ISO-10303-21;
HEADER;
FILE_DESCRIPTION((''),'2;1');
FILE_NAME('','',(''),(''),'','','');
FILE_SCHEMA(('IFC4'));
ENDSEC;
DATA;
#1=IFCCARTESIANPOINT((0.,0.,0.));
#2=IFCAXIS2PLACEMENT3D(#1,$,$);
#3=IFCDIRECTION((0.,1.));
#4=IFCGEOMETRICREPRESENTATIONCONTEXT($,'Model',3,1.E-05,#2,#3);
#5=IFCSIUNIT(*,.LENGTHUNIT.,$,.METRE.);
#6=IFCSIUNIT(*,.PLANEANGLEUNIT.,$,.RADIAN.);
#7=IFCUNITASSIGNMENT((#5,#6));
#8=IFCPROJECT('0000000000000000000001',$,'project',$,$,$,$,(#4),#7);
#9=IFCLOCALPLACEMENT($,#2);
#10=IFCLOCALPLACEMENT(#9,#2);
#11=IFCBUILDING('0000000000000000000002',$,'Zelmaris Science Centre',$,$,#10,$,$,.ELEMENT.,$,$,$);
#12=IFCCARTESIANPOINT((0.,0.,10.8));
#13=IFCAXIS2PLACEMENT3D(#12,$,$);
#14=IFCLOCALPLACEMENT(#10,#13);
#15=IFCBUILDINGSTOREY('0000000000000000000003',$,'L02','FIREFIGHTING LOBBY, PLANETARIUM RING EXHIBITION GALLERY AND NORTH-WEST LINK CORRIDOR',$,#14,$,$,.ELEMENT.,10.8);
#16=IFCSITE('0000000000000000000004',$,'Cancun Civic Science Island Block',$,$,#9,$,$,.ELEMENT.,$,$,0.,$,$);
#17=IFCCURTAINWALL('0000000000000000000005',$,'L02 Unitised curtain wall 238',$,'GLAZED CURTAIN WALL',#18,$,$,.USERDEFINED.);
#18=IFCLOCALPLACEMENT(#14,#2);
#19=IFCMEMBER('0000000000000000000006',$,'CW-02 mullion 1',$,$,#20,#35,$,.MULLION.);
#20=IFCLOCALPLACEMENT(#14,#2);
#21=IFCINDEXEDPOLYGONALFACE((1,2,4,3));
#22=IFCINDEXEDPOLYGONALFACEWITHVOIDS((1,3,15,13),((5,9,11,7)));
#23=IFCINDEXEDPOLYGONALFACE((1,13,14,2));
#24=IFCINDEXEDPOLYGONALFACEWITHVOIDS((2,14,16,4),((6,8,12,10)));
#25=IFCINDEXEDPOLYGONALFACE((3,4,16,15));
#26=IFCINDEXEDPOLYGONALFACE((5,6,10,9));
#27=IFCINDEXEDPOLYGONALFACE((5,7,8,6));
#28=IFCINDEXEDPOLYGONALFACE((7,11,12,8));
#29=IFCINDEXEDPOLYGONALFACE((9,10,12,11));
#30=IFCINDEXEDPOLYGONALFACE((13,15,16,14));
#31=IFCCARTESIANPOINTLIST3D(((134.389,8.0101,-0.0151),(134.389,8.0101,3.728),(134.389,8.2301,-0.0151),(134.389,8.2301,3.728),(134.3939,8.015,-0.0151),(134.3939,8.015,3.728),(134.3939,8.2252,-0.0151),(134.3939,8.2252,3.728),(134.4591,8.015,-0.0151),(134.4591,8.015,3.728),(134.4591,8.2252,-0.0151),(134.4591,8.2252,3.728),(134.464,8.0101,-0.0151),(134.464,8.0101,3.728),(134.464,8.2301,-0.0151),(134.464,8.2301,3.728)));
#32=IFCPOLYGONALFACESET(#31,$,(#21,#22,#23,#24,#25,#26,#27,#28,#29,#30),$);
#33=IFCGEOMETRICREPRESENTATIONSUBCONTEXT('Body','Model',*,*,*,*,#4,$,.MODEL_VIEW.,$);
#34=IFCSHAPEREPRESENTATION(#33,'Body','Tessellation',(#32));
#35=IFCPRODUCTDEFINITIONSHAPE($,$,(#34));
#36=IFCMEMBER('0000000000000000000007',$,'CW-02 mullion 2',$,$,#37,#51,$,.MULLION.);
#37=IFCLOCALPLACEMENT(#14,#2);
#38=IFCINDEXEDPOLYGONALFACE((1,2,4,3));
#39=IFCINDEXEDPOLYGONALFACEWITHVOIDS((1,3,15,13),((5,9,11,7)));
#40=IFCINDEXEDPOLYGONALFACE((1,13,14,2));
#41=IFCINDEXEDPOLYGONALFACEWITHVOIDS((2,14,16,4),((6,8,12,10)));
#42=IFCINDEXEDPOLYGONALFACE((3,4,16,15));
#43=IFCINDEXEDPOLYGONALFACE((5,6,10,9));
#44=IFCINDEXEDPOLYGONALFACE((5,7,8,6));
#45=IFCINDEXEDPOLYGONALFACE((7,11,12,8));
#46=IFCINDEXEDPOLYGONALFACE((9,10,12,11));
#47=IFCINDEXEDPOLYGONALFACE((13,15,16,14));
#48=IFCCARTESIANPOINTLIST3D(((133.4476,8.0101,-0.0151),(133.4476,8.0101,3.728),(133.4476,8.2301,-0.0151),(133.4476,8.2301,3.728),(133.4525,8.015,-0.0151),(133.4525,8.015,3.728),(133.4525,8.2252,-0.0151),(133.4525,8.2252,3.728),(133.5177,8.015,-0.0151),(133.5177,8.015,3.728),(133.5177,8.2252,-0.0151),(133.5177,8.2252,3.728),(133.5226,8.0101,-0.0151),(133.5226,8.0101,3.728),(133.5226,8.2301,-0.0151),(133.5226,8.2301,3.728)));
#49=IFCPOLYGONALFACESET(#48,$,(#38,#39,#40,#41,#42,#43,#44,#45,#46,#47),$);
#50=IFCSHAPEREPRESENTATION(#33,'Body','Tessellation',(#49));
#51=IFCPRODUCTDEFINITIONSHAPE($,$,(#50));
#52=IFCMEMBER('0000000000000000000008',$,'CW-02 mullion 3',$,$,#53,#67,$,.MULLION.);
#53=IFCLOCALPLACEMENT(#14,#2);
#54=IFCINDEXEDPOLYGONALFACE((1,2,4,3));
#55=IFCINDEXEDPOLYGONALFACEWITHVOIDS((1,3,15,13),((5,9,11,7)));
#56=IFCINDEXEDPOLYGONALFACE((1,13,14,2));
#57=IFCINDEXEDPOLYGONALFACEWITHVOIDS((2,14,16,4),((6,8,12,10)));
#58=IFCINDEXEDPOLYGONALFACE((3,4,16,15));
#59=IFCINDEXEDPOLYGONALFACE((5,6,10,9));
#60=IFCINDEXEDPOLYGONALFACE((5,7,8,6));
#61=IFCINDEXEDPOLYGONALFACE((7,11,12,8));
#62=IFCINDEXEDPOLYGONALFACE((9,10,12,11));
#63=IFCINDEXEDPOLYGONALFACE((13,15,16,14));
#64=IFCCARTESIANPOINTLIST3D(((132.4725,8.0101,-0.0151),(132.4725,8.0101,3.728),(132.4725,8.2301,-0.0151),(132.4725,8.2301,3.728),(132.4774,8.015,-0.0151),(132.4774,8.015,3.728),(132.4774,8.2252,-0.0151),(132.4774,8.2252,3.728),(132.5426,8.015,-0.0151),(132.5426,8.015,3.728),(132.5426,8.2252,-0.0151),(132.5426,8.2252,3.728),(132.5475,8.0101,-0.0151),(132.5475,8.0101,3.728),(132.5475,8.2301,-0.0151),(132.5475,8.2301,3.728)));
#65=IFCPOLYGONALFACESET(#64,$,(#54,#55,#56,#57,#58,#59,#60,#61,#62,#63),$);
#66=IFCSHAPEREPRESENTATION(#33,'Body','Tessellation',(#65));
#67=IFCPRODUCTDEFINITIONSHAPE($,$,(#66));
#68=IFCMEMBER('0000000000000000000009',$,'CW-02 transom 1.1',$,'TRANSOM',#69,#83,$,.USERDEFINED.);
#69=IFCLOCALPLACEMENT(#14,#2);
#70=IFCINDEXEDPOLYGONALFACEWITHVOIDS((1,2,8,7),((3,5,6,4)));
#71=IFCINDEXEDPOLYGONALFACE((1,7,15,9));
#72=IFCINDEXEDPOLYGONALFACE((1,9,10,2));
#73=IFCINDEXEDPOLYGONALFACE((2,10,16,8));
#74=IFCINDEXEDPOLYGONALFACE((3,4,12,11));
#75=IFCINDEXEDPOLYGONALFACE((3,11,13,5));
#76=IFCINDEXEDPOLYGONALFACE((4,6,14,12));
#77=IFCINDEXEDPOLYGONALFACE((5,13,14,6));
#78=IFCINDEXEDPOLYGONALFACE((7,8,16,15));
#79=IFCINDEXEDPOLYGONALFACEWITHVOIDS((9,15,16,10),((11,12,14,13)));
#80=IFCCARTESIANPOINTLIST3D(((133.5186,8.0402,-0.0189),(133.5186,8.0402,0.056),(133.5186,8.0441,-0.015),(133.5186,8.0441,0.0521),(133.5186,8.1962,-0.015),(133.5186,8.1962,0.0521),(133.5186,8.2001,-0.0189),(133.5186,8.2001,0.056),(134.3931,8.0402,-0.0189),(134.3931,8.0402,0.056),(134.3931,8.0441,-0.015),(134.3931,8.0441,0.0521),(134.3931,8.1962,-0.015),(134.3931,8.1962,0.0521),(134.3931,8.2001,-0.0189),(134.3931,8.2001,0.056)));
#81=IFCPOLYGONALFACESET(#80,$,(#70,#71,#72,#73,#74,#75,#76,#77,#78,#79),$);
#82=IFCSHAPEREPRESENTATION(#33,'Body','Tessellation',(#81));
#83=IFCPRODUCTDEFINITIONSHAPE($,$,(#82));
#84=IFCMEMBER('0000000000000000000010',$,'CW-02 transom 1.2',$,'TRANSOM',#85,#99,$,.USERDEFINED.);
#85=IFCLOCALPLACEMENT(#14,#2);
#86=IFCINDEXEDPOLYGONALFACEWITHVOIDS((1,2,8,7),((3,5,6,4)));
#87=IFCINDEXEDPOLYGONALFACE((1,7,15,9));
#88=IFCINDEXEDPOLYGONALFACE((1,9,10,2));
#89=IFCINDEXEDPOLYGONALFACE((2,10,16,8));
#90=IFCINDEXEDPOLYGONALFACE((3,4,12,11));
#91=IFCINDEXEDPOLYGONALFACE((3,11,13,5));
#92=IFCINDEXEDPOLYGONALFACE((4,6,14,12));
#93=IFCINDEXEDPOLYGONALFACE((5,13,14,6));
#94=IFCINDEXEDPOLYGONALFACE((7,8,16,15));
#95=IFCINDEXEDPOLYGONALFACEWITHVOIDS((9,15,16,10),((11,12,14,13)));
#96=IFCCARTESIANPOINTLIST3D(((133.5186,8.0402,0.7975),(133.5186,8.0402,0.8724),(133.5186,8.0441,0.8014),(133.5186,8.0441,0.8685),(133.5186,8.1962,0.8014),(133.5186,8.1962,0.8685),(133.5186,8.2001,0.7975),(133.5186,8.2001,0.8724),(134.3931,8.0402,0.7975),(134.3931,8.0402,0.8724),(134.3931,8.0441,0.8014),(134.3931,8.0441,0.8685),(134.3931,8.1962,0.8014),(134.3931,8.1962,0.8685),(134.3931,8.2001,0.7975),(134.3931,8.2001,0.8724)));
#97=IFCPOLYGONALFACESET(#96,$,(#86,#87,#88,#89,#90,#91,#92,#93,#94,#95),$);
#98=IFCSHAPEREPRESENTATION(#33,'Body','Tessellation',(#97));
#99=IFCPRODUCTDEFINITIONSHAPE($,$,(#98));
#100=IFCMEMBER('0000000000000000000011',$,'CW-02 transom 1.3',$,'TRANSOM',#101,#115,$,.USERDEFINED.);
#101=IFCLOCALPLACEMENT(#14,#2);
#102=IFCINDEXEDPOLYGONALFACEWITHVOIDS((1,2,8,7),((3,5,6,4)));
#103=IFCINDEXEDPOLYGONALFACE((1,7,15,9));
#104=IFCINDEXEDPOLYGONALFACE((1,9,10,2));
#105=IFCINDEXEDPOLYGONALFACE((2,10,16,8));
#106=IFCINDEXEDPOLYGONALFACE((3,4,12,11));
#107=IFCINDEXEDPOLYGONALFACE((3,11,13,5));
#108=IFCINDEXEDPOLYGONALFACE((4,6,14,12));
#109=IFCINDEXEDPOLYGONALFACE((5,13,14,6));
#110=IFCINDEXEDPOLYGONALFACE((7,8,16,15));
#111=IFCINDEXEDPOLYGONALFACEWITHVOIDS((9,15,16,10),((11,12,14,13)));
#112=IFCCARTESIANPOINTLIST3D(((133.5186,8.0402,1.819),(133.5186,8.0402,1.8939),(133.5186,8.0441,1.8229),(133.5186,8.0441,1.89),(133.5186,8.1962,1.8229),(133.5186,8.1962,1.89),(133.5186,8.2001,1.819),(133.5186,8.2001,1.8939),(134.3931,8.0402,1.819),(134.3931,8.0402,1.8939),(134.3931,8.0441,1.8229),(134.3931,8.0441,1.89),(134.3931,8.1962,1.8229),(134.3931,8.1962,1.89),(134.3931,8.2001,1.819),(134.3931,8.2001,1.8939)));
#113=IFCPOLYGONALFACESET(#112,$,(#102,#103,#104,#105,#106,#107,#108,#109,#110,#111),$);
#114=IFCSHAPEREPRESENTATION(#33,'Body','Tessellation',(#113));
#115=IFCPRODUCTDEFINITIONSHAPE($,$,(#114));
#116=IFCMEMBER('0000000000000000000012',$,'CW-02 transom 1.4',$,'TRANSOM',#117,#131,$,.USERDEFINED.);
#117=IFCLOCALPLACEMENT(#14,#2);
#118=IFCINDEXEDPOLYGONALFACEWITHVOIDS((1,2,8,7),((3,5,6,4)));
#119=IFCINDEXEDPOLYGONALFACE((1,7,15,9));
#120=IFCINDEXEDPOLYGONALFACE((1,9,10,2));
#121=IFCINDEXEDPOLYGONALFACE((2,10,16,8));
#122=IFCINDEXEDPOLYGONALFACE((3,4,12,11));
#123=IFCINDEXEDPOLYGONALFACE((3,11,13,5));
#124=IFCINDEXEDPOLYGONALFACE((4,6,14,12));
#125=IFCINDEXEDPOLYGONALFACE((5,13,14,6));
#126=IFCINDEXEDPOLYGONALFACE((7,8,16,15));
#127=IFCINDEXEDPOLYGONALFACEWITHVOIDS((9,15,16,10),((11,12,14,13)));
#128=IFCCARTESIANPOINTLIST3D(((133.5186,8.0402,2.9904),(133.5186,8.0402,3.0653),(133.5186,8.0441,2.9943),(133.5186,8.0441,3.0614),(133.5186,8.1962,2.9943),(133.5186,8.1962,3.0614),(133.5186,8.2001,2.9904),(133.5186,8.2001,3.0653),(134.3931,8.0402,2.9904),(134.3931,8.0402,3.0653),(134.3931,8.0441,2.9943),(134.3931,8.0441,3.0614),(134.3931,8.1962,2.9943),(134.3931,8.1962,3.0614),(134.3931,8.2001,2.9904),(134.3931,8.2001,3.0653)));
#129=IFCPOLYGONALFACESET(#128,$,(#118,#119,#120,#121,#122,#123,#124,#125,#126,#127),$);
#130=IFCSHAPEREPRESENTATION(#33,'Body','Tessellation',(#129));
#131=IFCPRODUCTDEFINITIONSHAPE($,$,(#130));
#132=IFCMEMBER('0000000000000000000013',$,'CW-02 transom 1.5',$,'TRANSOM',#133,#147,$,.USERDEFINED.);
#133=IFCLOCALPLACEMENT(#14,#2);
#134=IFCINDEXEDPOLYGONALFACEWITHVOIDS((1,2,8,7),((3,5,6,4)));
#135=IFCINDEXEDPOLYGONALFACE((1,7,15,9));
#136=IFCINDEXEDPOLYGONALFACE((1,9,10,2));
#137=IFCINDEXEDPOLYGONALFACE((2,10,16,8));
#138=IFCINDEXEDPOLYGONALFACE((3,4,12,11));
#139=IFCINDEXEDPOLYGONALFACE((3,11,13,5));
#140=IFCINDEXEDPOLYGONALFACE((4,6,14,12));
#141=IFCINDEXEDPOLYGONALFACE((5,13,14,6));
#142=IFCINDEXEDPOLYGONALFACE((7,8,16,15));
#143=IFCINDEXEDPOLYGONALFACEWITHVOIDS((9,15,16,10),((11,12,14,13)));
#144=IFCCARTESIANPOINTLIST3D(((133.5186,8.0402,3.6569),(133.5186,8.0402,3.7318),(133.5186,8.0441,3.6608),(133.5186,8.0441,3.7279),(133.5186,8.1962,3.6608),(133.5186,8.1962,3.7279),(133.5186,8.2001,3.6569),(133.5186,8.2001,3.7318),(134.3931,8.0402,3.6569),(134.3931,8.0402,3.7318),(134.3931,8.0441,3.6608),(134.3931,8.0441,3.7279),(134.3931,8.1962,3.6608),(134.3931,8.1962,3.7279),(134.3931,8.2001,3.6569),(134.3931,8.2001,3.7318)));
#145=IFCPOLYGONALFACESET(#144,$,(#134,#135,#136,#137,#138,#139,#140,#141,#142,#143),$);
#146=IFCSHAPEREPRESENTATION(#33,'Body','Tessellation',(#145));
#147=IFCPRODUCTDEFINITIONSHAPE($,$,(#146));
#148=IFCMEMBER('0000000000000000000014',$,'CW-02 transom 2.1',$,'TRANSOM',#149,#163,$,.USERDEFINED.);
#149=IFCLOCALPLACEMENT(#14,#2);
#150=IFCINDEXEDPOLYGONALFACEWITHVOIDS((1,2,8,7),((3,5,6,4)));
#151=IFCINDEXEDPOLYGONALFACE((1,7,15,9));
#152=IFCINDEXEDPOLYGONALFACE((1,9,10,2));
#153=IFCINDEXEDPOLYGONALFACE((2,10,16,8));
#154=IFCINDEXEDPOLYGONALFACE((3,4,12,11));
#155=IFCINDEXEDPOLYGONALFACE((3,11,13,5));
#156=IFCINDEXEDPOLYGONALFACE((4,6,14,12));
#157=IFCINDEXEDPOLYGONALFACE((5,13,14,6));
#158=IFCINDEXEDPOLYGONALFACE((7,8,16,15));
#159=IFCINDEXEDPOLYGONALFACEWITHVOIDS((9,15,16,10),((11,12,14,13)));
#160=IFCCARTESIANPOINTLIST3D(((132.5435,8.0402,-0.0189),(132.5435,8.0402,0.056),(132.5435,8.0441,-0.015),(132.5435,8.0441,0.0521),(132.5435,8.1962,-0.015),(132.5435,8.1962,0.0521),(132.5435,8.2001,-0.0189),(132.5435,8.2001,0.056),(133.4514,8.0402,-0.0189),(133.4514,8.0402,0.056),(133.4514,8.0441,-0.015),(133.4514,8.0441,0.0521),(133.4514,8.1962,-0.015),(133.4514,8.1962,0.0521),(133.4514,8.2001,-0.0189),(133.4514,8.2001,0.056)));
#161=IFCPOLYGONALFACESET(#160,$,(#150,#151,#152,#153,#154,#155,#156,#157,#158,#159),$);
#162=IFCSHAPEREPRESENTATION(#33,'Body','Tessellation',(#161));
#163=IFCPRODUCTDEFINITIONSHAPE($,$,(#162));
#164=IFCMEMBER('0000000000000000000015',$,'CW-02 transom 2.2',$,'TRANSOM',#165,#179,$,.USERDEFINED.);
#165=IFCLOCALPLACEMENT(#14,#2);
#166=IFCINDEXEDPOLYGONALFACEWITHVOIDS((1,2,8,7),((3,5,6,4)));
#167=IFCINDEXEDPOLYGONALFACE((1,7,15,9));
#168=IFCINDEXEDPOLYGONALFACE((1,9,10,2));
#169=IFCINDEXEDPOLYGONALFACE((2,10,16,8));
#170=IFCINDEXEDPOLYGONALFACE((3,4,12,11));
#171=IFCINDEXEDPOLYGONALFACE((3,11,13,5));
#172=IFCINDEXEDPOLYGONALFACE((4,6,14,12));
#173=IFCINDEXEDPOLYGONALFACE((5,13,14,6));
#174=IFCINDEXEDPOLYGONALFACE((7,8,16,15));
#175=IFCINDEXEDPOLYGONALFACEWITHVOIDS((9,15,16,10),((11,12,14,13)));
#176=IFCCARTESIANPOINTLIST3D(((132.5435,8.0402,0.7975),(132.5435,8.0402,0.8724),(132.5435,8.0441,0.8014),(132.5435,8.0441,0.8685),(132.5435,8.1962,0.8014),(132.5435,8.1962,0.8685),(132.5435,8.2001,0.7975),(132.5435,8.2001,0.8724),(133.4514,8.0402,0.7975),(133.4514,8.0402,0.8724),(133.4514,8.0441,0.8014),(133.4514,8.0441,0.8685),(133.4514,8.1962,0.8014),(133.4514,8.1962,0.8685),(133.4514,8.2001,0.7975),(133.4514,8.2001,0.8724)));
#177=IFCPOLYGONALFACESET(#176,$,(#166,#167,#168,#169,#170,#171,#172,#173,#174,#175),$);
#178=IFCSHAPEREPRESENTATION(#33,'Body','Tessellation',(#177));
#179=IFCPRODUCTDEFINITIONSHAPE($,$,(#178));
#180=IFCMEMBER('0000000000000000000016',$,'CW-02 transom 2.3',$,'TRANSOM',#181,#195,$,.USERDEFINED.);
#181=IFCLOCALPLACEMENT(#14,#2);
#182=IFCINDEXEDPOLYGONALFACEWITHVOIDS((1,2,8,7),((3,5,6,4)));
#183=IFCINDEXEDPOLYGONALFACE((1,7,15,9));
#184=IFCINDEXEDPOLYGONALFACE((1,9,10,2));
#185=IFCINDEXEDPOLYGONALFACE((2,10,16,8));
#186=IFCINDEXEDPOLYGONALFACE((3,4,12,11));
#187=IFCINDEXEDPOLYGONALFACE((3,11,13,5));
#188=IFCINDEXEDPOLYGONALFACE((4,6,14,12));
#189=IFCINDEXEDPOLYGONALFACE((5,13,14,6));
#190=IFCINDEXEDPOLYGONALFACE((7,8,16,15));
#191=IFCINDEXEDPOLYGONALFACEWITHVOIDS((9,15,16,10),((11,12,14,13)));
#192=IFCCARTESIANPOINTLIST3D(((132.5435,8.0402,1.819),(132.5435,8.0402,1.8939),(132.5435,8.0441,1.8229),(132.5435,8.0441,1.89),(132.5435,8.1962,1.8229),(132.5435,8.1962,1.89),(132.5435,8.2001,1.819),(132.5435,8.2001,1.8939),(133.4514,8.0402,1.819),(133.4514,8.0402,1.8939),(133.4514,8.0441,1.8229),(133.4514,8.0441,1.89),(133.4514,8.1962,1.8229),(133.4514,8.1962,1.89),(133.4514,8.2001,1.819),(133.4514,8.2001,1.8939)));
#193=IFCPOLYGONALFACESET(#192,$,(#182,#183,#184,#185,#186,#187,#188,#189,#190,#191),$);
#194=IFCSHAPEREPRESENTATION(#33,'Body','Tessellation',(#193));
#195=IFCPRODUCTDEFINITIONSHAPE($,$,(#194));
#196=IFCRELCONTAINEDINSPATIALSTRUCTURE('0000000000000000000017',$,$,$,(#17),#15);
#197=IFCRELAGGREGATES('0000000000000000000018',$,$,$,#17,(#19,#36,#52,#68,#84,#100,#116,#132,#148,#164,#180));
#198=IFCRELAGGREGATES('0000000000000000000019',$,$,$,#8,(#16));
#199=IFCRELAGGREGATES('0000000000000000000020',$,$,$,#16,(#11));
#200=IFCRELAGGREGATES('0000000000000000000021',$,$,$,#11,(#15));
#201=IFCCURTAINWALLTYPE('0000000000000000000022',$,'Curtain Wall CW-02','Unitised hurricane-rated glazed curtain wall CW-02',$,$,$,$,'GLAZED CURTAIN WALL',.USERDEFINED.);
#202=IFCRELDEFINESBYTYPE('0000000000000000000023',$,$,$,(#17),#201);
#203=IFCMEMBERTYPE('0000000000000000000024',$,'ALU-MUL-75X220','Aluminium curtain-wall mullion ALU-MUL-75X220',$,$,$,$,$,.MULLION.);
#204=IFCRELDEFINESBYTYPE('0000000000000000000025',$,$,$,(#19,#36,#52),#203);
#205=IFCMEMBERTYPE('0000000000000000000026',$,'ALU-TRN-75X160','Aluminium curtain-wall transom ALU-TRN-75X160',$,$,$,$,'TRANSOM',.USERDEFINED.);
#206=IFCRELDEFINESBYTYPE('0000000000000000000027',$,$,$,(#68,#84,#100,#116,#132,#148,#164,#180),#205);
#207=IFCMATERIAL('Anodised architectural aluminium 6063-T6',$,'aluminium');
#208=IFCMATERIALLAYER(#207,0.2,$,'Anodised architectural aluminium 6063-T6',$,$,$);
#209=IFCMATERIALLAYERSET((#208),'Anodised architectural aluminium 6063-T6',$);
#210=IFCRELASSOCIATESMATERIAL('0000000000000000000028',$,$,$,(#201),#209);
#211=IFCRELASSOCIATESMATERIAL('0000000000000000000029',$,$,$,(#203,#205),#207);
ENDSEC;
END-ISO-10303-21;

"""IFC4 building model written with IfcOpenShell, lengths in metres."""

from ifc_helpers import new_model, si_unit, direction, frame, origin, origin_2d, place, context, subcontext, project, spatial, hollow_rectangle, extrude, material, layer, layer_set, material_profile, profile_set, type_object, element, aggregate, save


model = new_model("IFC4")

# Units and contexts
model_context = context("Model", 3, precision=1e-05, world=origin(), true_north=direction((0.0, 1.0)))
body_context = subcontext(model_context, "Body", "Model", "MODEL_VIEW")
ifc_project = project(units=[si_unit("LENGTHUNIT", "METRE"), si_unit("PLANEANGLEUNIT", "RADIAN")], contexts=[model_context])

# Site, building, storey
site_placement = place(None, origin())
site = spatial("IfcSite", under=ifc_project, at=site_placement, Name="Cancun Civic Science Island Block", CompositionType="ELEMENT", RefElevation=0.0)
building_placement = place(site_placement, origin())
building = spatial("IfcBuilding", under=site, at=building_placement, Name="Zelmaris Science Centre", CompositionType="ELEMENT")
storey_placement = place(building_placement, frame((0.0, 0.0, 10.8)))
storey = spatial("IfcBuildingStorey", under=building, at=storey_placement, Name="L02", Description="FIREFIGHTING LOBBY, PLANETARIUM RING EXHIBITION GALLERY AND NORTH-WEST LINK CORRIDOR", CompositionType="ELEMENT", Elevation=10.8)

# Curtain wall, members
ifc_material_1 = material(Name="Anodised architectural aluminium 6063-T6", Category="aluminium")
ifc_layer_1 = layer(ifc_material_1, 0.2, Name="Anodised architectural aluminium 6063-T6")
ifc_layer_set_1 = layer_set([ifc_layer_1], Name="Anodised architectural aluminium 6063-T6")
curtain_wall_type = type_object("IfcCurtainWallType", Name="Curtain Wall CW-02", Description="Unitised hurricane-rated glazed curtain wall CW-02", ElementType="GLAZED CURTAIN WALL", PredefinedType="USERDEFINED", material=ifc_layer_set_1)
curtain_wall_placement = place(storey_placement, origin())
curtain_wall = element("IfcCurtainWall", 1, at=curtain_wall_placement, inside=storey, type_object=curtain_wall_type, Name="L02 Unitised curtain wall 238", ObjectType="GLAZED CURTAIN WALL", PredefinedType="USERDEFINED")
ifc_material_profile_1 = material_profile(ifc_material_1, hollow_rectangle(XDim=0.075, YDim=0.22, WallThickness=0.0049, at=origin_2d()), Name="ALU-MUL-75X220")
ifc_profile_set_1 = profile_set([ifc_material_profile_1], Name="Anodised architectural aluminium 6063-T6")
member_type_1 = type_object("IfcMemberType", Name="ALU-MUL-75X220", Description="Aluminium curtain-wall mullion ALU-MUL-75X220", PredefinedType="MULLION", material=ifc_profile_set_1)
member_1_placement = place(storey_placement, frame((134.4265, 8.1201, -0.0151), z_axis=(0.0, 0.0, 1.0), x_axis=(-1.0, 0.0, 0.0)))
member_1 = element("IfcMember", 2, at=member_1_placement, type_object=member_type_1, Name="CW-02 mullion 1", PredefinedType="MULLION", context=body_context, shape_type="SweptSolid", body=[
    extrude(hollow_rectangle(XDim=0.075, YDim=0.22, WallThickness=0.0049, at=origin_2d()), origin(), (0.0, 0.0, 1.0), 3.7432),
])
member_2_placement = place(storey_placement, frame((133.4851, 8.1201, -0.0151), z_axis=(0.0, 0.0, 1.0), x_axis=(-1.0, 0.0, 0.0)))
member_2 = element("IfcMember", 3, at=member_2_placement, type_object=member_type_1, Name="CW-02 mullion 2", PredefinedType="MULLION", context=body_context, shape_type="SweptSolid", body=[
    extrude(hollow_rectangle(XDim=0.075, YDim=0.22, WallThickness=0.0049, at=origin_2d()), origin(), (0.0, 0.0, 1.0), 3.7432),
])
member_3_placement = place(storey_placement, frame((132.51, 8.1201, -0.0151), z_axis=(0.0, 0.0, 1.0), x_axis=(-1.0, 0.0, 0.0)))
member_3 = element("IfcMember", 4, at=member_3_placement, type_object=member_type_1, Name="CW-02 mullion 3", PredefinedType="MULLION", context=body_context, shape_type="SweptSolid", body=[
    extrude(hollow_rectangle(XDim=0.075, YDim=0.22, WallThickness=0.0049, at=origin_2d()), origin(), (0.0, 0.0, 1.0), 3.7432),
])
ifc_material_profile_2 = material_profile(ifc_material_1, hollow_rectangle(XDim=0.075, YDim=0.1599, WallThickness=0.0039, at=origin_2d()), Name="ALU-TRN-75X160")
ifc_profile_set_2 = profile_set([ifc_material_profile_2], Name="Anodised architectural aluminium 6063-T6")
member_type_2 = type_object("IfcMemberType", Name="ALU-TRN-75X160", Description="Aluminium curtain-wall transom ALU-TRN-75X160", ElementType="TRANSOM", PredefinedType="USERDEFINED", material=ifc_profile_set_2)
member_4_placement = place(storey_placement, frame((134.3931, 8.1201, 0.0186), z_axis=(-1.0, 0.0, 0.0), x_axis=(0.0, 0.0, 1.0)))
member_4 = element("IfcMember", 5, at=member_4_placement, type_object=member_type_2, Name="CW-02 transom 1.1", ObjectType="TRANSOM", PredefinedType="USERDEFINED", context=body_context, shape_type="SweptSolid", body=[
    extrude(hollow_rectangle(XDim=0.075, YDim=0.1599, WallThickness=0.0039, at=origin_2d()), origin(), (0.0, 0.0, 1.0), 0.8745),
])
member_5_placement = place(storey_placement, frame((134.3931, 8.1201, 0.835), z_axis=(-1.0, 0.0, 0.0), x_axis=(0.0, 0.0, 1.0)))
member_5 = element("IfcMember", 6, at=member_5_placement, type_object=member_type_2, Name="CW-02 transom 1.2", ObjectType="TRANSOM", PredefinedType="USERDEFINED", context=body_context, shape_type="SweptSolid", body=[
    extrude(hollow_rectangle(XDim=0.075, YDim=0.1599, WallThickness=0.0039, at=origin_2d()), origin(), (0.0, 0.0, 1.0), 0.8745),
])
member_6_placement = place(storey_placement, frame((134.3931, 8.1201, 1.8564), z_axis=(-1.0, 0.0, 0.0), x_axis=(0.0, 0.0, 1.0)))
member_6 = element("IfcMember", 7, at=member_6_placement, type_object=member_type_2, Name="CW-02 transom 1.3", ObjectType="TRANSOM", PredefinedType="USERDEFINED", context=body_context, shape_type="SweptSolid", body=[
    extrude(hollow_rectangle(XDim=0.075, YDim=0.1599, WallThickness=0.0039, at=origin_2d()), origin(), (0.0, 0.0, 1.0), 0.8745),
])
member_7_placement = place(storey_placement, frame((134.3931, 8.1201, 3.0278), z_axis=(-1.0, 0.0, 0.0), x_axis=(0.0, 0.0, 1.0)))
member_7 = element("IfcMember", 8, at=member_7_placement, type_object=member_type_2, Name="CW-02 transom 1.4", ObjectType="TRANSOM", PredefinedType="USERDEFINED", context=body_context, shape_type="SweptSolid", body=[
    extrude(hollow_rectangle(XDim=0.075, YDim=0.1599, WallThickness=0.0039, at=origin_2d()), origin(), (0.0, 0.0, 1.0), 0.8745),
])
member_8_placement = place(storey_placement, frame((134.3931, 8.1201, 3.6943), z_axis=(-1.0, 0.0, 0.0), x_axis=(0.0, 0.0, 1.0)))
member_8 = element("IfcMember", 9, at=member_8_placement, type_object=member_type_2, Name="CW-02 transom 1.5", ObjectType="TRANSOM", PredefinedType="USERDEFINED", context=body_context, shape_type="SweptSolid", body=[
    extrude(hollow_rectangle(XDim=0.075, YDim=0.1599, WallThickness=0.0039, at=origin_2d()), origin(), (0.0, 0.0, 1.0), 0.8745),
])
member_9_placement = place(storey_placement, frame((133.4514, 8.1201, 0.0186), z_axis=(-1.0, 0.0, 0.0), x_axis=(0.0, 0.0, 1.0)))
member_9 = element("IfcMember", 10, at=member_9_placement, type_object=member_type_2, Name="CW-02 transom 2.1", ObjectType="TRANSOM", PredefinedType="USERDEFINED", context=body_context, shape_type="SweptSolid", body=[
    extrude(hollow_rectangle(XDim=0.075, YDim=0.1599, WallThickness=0.0039, at=origin_2d()), origin(), (0.0, 0.0, 1.0), 0.908),
])
member_10_placement = place(storey_placement, frame((133.4514, 8.1201, 0.835), z_axis=(-1.0, 0.0, 0.0), x_axis=(0.0, 0.0, 1.0)))
member_10 = element("IfcMember", 11, at=member_10_placement, type_object=member_type_2, Name="CW-02 transom 2.2", ObjectType="TRANSOM", PredefinedType="USERDEFINED", context=body_context, shape_type="SweptSolid", body=[
    extrude(hollow_rectangle(XDim=0.075, YDim=0.1599, WallThickness=0.0039, at=origin_2d()), origin(), (0.0, 0.0, 1.0), 0.908),
])
member_11_placement = place(storey_placement, frame((133.4514, 8.1201, 1.8564), z_axis=(-1.0, 0.0, 0.0), x_axis=(0.0, 0.0, 1.0)))
member_11 = element("IfcMember", 12, at=member_11_placement, type_object=member_type_2, Name="CW-02 transom 2.3", ObjectType="TRANSOM", PredefinedType="USERDEFINED", context=body_context, shape_type="SweptSolid", body=[
    extrude(hollow_rectangle(XDim=0.075, YDim=0.1599, WallThickness=0.0039, at=origin_2d()), origin(), (0.0, 0.0, 1.0), 0.908),
])
aggregate(curtain_wall, [member_1, member_2, member_3, member_4, member_5, member_6, member_7, member_8, member_9, member_10, member_11])

save(model, "model.ifc")
